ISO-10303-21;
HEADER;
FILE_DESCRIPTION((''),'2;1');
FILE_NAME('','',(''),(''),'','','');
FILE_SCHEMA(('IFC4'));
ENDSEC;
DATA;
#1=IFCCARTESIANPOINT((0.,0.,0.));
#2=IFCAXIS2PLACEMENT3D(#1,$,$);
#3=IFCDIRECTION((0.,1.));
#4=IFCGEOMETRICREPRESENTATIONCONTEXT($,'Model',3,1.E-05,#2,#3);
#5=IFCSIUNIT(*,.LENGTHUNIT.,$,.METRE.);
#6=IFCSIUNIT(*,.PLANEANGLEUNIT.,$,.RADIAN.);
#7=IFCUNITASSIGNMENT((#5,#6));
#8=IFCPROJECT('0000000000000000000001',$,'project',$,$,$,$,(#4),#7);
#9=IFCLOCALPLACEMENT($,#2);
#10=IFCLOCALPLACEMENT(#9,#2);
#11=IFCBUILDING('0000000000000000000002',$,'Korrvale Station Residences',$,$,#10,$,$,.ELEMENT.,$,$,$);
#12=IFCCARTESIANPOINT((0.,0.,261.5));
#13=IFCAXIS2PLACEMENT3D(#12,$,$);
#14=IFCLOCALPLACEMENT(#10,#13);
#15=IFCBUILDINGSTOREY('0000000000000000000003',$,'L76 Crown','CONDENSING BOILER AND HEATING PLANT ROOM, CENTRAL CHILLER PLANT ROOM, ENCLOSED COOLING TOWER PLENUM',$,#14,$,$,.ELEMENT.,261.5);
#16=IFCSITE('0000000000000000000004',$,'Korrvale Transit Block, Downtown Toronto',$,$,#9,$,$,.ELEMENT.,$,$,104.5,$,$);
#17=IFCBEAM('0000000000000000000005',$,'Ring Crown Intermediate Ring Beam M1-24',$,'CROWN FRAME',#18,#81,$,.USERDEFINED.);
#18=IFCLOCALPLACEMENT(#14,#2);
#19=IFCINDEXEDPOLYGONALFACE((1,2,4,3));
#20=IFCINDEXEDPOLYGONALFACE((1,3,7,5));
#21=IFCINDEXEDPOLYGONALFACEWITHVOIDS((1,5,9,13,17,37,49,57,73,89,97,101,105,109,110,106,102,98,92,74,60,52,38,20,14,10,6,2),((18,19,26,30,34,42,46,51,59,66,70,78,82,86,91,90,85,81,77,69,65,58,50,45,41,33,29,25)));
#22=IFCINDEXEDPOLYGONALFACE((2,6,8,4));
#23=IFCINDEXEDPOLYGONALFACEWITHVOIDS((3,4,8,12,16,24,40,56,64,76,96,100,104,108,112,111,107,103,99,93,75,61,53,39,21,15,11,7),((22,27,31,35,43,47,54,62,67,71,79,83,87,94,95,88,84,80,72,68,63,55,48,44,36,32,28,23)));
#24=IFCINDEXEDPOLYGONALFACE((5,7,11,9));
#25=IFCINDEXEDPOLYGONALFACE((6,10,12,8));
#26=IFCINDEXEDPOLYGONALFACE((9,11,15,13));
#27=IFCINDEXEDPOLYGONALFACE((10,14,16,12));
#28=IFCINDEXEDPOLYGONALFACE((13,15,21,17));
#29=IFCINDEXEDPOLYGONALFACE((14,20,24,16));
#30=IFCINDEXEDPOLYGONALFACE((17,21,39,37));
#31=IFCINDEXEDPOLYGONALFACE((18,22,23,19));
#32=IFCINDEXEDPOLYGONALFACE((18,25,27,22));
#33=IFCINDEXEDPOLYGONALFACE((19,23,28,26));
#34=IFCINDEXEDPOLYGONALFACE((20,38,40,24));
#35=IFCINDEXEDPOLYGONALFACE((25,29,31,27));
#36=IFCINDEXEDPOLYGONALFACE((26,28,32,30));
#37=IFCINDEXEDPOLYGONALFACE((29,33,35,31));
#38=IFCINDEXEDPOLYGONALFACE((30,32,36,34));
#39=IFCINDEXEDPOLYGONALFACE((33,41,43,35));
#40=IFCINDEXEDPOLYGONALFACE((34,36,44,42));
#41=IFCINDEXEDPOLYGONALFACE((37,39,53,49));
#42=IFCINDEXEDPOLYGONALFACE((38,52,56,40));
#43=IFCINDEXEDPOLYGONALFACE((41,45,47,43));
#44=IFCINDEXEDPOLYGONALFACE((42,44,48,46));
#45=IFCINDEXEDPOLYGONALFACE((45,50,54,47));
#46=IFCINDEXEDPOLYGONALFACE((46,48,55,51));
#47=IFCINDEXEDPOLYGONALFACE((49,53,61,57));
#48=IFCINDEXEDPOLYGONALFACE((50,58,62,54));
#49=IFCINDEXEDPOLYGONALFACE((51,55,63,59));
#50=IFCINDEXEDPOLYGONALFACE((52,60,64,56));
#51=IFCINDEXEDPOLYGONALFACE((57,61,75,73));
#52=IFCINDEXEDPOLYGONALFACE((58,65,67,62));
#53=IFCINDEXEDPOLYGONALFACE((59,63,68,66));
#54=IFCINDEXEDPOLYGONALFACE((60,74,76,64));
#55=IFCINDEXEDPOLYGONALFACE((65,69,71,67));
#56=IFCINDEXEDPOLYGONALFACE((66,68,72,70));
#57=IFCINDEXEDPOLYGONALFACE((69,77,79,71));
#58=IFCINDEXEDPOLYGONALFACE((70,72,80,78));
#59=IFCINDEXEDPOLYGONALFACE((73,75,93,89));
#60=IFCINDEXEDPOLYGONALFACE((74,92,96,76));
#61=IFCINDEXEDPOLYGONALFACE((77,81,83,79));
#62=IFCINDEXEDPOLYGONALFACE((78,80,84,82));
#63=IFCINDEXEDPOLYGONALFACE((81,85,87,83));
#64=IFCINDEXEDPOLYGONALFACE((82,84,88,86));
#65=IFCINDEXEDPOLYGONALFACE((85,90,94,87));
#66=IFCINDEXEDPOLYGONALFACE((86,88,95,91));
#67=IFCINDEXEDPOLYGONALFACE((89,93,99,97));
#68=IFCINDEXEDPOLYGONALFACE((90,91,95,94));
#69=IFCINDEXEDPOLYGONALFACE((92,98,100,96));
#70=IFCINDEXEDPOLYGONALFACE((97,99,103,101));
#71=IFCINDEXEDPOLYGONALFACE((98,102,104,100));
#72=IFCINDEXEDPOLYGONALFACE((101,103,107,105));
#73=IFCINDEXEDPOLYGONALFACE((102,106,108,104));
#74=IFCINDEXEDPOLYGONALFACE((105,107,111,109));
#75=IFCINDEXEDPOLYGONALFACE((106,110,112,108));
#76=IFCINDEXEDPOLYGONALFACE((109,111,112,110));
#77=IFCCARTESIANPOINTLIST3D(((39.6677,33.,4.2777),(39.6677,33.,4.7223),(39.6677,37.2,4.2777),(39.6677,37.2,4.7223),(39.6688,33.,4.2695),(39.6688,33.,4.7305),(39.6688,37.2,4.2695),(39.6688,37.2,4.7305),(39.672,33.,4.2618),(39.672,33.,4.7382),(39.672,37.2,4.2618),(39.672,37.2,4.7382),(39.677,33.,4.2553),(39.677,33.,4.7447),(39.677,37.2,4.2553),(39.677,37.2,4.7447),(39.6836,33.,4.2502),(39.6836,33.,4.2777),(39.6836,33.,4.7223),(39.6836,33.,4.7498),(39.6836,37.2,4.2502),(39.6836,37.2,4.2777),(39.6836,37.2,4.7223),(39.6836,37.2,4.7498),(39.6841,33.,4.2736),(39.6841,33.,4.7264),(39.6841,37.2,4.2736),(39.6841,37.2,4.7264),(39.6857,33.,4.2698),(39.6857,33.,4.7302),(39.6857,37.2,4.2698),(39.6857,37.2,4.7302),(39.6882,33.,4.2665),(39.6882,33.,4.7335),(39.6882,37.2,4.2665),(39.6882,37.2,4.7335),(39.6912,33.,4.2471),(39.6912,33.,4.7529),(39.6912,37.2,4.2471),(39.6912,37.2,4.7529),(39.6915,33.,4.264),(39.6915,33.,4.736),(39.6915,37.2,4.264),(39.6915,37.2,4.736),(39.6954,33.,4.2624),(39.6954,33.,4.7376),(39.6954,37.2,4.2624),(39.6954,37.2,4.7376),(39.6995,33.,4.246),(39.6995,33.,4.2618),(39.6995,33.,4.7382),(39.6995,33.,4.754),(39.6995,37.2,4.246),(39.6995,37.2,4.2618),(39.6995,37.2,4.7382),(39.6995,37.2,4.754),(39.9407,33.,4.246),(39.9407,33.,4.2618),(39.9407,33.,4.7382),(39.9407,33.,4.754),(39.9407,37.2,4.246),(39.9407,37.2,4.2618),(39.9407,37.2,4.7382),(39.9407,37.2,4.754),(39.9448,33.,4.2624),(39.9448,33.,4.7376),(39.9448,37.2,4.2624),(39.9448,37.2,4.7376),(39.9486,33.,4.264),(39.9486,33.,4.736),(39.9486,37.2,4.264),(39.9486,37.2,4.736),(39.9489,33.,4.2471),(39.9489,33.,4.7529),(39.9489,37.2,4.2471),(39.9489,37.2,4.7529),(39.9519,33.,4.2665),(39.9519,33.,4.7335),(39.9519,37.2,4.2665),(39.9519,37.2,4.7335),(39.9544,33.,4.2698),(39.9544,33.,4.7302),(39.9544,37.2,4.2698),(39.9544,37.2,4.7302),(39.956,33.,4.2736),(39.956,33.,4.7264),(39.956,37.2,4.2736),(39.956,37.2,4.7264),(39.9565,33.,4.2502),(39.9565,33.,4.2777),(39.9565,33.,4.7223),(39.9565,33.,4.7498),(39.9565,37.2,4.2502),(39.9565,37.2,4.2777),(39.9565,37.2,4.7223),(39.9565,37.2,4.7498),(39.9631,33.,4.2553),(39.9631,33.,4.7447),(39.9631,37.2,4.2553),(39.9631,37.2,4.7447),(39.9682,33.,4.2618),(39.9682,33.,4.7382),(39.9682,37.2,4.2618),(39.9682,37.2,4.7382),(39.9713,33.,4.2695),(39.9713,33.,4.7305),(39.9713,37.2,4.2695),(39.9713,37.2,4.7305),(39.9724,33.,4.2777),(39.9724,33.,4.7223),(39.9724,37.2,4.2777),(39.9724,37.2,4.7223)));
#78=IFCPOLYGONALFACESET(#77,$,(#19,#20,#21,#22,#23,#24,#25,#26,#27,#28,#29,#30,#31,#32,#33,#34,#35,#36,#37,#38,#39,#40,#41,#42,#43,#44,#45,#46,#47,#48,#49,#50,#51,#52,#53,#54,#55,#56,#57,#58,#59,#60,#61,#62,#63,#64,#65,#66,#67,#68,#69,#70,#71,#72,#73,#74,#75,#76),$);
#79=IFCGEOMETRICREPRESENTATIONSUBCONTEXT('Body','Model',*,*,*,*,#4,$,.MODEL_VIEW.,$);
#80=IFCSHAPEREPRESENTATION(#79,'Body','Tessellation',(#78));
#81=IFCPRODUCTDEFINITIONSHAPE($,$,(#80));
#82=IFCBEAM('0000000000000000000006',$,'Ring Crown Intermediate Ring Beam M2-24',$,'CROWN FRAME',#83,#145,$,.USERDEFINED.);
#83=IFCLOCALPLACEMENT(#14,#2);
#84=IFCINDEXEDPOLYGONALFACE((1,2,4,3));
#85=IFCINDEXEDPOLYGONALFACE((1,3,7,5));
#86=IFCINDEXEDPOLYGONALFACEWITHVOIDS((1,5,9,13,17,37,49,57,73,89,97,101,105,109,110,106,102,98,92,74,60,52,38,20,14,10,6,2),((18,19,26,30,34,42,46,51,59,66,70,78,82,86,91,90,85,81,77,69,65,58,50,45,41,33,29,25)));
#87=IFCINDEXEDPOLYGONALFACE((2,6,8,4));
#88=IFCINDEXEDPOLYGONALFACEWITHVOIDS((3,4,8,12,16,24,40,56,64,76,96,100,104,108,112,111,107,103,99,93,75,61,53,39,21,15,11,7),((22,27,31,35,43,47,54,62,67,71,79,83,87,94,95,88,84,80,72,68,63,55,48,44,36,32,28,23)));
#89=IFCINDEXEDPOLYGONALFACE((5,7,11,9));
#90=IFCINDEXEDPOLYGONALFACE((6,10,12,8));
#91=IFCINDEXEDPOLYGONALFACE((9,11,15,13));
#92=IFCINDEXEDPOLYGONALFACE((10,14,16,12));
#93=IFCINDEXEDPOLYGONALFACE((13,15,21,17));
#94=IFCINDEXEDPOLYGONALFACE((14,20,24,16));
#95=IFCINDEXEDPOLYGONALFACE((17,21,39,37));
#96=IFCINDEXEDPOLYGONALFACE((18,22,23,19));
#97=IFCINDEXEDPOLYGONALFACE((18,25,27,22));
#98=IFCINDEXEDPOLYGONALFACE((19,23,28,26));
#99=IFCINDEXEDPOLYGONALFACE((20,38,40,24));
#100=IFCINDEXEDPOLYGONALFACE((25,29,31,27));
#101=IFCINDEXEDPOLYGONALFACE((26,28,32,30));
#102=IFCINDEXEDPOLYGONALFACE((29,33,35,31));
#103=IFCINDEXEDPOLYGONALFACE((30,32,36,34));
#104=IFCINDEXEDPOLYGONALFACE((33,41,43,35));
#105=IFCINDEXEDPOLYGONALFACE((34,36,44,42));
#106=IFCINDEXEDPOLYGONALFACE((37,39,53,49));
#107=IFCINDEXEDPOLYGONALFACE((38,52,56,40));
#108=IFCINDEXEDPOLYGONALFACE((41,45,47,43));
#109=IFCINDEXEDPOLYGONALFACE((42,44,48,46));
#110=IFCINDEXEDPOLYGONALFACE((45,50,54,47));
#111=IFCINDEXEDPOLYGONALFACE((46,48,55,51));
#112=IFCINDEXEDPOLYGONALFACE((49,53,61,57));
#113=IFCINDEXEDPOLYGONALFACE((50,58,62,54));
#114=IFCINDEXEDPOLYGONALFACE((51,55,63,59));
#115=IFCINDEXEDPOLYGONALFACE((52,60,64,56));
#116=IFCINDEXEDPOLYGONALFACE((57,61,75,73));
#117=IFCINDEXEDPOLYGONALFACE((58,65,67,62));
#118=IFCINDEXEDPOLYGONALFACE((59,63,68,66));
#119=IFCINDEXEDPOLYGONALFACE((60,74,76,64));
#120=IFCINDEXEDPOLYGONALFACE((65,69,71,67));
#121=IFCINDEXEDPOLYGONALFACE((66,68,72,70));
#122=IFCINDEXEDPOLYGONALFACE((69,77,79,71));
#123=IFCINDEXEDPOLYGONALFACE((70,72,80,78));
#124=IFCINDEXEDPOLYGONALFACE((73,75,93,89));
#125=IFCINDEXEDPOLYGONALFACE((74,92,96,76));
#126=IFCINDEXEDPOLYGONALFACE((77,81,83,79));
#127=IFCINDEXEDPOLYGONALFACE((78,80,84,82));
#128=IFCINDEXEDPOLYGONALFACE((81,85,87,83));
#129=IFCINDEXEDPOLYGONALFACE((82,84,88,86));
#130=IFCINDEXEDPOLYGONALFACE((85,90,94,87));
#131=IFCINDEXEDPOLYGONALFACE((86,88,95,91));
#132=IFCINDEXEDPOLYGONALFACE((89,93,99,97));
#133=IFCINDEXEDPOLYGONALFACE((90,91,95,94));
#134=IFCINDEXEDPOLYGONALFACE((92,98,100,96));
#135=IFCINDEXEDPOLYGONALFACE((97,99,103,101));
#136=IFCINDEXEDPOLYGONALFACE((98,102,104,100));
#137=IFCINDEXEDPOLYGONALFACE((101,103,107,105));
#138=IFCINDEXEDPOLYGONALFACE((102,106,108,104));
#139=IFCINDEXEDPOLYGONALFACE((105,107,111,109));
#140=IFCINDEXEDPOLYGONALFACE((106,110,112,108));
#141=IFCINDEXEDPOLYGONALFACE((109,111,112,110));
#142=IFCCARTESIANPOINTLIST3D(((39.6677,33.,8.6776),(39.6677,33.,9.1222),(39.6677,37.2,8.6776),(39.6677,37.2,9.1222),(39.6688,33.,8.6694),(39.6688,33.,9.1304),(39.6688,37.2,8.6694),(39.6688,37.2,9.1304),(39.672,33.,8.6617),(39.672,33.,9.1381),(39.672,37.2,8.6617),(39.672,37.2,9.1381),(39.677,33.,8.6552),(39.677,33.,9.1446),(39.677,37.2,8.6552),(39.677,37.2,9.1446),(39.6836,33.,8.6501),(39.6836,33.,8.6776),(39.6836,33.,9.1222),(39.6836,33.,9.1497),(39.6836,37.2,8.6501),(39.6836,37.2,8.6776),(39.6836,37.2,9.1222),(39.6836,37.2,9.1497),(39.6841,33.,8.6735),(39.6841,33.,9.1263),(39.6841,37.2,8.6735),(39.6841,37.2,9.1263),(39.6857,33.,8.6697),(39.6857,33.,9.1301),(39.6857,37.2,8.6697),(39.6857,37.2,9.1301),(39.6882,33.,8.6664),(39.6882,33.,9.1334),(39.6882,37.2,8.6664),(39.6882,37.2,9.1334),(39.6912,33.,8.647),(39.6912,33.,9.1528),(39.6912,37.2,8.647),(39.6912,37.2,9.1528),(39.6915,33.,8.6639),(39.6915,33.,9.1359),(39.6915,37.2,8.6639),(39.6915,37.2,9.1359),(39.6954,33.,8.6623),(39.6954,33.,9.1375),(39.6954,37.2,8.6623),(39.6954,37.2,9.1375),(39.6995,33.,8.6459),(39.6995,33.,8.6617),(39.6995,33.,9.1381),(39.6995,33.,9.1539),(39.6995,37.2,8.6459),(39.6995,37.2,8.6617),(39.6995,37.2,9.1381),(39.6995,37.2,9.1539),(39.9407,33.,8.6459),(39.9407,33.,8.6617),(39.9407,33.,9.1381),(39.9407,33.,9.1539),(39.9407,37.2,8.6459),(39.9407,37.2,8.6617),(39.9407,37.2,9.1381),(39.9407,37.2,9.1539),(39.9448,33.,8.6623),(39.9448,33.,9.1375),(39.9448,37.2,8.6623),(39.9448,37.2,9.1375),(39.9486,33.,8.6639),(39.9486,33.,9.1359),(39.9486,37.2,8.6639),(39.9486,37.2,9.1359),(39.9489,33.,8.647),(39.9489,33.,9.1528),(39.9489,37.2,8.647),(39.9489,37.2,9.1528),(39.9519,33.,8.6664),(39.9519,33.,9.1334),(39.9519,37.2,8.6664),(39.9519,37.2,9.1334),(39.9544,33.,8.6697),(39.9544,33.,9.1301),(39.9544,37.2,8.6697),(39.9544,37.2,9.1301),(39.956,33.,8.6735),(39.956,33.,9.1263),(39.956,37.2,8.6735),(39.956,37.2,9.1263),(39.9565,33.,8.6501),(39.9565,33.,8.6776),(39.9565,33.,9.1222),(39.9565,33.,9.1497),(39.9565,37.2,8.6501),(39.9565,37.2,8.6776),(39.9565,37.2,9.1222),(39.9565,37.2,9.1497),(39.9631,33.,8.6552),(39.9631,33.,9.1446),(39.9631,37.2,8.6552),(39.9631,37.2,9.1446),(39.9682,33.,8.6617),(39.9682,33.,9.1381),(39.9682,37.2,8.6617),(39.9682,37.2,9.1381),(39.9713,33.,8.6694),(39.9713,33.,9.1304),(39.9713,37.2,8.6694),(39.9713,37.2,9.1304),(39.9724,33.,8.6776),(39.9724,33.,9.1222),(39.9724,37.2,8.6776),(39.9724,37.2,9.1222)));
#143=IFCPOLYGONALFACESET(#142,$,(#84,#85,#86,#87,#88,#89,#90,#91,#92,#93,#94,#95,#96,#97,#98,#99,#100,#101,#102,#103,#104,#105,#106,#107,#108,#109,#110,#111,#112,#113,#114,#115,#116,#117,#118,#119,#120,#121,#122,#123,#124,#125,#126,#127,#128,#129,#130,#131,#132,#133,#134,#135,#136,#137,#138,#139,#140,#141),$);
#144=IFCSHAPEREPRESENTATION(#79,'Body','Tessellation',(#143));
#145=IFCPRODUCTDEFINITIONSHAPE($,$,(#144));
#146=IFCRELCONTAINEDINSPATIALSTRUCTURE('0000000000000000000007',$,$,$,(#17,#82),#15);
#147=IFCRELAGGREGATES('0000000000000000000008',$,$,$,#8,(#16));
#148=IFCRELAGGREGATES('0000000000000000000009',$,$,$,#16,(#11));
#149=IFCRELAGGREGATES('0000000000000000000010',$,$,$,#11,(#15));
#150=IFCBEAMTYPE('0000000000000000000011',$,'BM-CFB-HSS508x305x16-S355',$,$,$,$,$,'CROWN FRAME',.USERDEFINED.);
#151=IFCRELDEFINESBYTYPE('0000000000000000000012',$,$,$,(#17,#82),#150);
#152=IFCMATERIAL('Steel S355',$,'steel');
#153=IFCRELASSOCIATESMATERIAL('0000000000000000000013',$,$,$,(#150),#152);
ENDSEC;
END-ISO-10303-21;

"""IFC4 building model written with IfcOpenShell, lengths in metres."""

from ifc_helpers import new_model, si_unit, direction, frame, origin, origin_2d, place, context, subcontext, project, spatial, hollow_rectangle, extrude, material, material_profile, profile_set, type_object, element, save


model = new_model("IFC4")

# Units and contexts
model_context = context("Model", 3, precision=1e-05, world=origin(), true_north=direction((0.0, 1.0)))
body_context = subcontext(model_context, "Body", "Model", "MODEL_VIEW")
ifc_project = project(units=[si_unit("LENGTHUNIT", "METRE"), si_unit("PLANEANGLEUNIT", "RADIAN")], contexts=[model_context])

# Site, building, storey
site_placement = place(None, origin())
site = spatial("IfcSite", under=ifc_project, at=site_placement, Name="Korrvale Transit Block, Downtown Toronto", CompositionType="ELEMENT", RefElevation=104.5)
building_placement = place(site_placement, origin())
building = spatial("IfcBuilding", under=site, at=building_placement, Name="Korrvale Station Residences", CompositionType="ELEMENT")
storey_placement = place(building_placement, frame((0.0, 0.0, 261.5)))
storey = spatial("IfcBuildingStorey", under=building, at=storey_placement, Name="L76 Crown", Description="CONDENSING BOILER AND HEATING PLANT ROOM, CENTRAL CHILLER PLANT ROOM, ENCLOSED COOLING TOWER PLENUM", CompositionType="ELEMENT", Elevation=261.5)

# Shared definitions
ifc_material_1 = material(Name="Steel S355", Category="steel")

# Beams
ifc_material_profile_1 = material_profile(ifc_material_1, hollow_rectangle(XDim=0.3047, YDim=0.5081, WallThickness=0.0159, InnerFilletRadius=0.0159, OuterFilletRadius=0.0317, at=origin_2d()), Name="HSS508x305x16")
ifc_profile_set_1 = profile_set([ifc_material_profile_1], Name="Steel S355")
beam_type = type_object("IfcBeamType", Name="BM-CFB-HSS508x305x16-S355", ElementType="CROWN FRAME", PredefinedType="USERDEFINED", material=ifc_profile_set_1)
for number, where, z_axis, x_axis, name in (
    (1, (39.8201, 33.0, 4.5), (0.0, 1.0, 0.0), (-1.0, 0.0, 0.0), "Ring Crown Intermediate Ring Beam M1-24"),
    (2, (39.8201, 33.0, 8.8999), (0.0, 1.0, 0.0), (-1.0, 0.0, 0.0), "Ring Crown Intermediate Ring Beam M2-24"),
):
    element("IfcBeam", number, at=place(storey_placement, frame(where, z_axis=z_axis, x_axis=x_axis)), inside=storey, type_object=beam_type, Name=name, ObjectType="CROWN FRAME", PredefinedType="USERDEFINED", context=body_context, shape_type="SweptSolid", body=[
        extrude(hollow_rectangle(XDim=0.3047, YDim=0.5081, WallThickness=0.0159, InnerFilletRadius=0.0159, OuterFilletRadius=0.0317, at=origin_2d()), origin(), (0.0, 0.0, 1.0), 4.2),
    ])

save(model, "model.ifc")
